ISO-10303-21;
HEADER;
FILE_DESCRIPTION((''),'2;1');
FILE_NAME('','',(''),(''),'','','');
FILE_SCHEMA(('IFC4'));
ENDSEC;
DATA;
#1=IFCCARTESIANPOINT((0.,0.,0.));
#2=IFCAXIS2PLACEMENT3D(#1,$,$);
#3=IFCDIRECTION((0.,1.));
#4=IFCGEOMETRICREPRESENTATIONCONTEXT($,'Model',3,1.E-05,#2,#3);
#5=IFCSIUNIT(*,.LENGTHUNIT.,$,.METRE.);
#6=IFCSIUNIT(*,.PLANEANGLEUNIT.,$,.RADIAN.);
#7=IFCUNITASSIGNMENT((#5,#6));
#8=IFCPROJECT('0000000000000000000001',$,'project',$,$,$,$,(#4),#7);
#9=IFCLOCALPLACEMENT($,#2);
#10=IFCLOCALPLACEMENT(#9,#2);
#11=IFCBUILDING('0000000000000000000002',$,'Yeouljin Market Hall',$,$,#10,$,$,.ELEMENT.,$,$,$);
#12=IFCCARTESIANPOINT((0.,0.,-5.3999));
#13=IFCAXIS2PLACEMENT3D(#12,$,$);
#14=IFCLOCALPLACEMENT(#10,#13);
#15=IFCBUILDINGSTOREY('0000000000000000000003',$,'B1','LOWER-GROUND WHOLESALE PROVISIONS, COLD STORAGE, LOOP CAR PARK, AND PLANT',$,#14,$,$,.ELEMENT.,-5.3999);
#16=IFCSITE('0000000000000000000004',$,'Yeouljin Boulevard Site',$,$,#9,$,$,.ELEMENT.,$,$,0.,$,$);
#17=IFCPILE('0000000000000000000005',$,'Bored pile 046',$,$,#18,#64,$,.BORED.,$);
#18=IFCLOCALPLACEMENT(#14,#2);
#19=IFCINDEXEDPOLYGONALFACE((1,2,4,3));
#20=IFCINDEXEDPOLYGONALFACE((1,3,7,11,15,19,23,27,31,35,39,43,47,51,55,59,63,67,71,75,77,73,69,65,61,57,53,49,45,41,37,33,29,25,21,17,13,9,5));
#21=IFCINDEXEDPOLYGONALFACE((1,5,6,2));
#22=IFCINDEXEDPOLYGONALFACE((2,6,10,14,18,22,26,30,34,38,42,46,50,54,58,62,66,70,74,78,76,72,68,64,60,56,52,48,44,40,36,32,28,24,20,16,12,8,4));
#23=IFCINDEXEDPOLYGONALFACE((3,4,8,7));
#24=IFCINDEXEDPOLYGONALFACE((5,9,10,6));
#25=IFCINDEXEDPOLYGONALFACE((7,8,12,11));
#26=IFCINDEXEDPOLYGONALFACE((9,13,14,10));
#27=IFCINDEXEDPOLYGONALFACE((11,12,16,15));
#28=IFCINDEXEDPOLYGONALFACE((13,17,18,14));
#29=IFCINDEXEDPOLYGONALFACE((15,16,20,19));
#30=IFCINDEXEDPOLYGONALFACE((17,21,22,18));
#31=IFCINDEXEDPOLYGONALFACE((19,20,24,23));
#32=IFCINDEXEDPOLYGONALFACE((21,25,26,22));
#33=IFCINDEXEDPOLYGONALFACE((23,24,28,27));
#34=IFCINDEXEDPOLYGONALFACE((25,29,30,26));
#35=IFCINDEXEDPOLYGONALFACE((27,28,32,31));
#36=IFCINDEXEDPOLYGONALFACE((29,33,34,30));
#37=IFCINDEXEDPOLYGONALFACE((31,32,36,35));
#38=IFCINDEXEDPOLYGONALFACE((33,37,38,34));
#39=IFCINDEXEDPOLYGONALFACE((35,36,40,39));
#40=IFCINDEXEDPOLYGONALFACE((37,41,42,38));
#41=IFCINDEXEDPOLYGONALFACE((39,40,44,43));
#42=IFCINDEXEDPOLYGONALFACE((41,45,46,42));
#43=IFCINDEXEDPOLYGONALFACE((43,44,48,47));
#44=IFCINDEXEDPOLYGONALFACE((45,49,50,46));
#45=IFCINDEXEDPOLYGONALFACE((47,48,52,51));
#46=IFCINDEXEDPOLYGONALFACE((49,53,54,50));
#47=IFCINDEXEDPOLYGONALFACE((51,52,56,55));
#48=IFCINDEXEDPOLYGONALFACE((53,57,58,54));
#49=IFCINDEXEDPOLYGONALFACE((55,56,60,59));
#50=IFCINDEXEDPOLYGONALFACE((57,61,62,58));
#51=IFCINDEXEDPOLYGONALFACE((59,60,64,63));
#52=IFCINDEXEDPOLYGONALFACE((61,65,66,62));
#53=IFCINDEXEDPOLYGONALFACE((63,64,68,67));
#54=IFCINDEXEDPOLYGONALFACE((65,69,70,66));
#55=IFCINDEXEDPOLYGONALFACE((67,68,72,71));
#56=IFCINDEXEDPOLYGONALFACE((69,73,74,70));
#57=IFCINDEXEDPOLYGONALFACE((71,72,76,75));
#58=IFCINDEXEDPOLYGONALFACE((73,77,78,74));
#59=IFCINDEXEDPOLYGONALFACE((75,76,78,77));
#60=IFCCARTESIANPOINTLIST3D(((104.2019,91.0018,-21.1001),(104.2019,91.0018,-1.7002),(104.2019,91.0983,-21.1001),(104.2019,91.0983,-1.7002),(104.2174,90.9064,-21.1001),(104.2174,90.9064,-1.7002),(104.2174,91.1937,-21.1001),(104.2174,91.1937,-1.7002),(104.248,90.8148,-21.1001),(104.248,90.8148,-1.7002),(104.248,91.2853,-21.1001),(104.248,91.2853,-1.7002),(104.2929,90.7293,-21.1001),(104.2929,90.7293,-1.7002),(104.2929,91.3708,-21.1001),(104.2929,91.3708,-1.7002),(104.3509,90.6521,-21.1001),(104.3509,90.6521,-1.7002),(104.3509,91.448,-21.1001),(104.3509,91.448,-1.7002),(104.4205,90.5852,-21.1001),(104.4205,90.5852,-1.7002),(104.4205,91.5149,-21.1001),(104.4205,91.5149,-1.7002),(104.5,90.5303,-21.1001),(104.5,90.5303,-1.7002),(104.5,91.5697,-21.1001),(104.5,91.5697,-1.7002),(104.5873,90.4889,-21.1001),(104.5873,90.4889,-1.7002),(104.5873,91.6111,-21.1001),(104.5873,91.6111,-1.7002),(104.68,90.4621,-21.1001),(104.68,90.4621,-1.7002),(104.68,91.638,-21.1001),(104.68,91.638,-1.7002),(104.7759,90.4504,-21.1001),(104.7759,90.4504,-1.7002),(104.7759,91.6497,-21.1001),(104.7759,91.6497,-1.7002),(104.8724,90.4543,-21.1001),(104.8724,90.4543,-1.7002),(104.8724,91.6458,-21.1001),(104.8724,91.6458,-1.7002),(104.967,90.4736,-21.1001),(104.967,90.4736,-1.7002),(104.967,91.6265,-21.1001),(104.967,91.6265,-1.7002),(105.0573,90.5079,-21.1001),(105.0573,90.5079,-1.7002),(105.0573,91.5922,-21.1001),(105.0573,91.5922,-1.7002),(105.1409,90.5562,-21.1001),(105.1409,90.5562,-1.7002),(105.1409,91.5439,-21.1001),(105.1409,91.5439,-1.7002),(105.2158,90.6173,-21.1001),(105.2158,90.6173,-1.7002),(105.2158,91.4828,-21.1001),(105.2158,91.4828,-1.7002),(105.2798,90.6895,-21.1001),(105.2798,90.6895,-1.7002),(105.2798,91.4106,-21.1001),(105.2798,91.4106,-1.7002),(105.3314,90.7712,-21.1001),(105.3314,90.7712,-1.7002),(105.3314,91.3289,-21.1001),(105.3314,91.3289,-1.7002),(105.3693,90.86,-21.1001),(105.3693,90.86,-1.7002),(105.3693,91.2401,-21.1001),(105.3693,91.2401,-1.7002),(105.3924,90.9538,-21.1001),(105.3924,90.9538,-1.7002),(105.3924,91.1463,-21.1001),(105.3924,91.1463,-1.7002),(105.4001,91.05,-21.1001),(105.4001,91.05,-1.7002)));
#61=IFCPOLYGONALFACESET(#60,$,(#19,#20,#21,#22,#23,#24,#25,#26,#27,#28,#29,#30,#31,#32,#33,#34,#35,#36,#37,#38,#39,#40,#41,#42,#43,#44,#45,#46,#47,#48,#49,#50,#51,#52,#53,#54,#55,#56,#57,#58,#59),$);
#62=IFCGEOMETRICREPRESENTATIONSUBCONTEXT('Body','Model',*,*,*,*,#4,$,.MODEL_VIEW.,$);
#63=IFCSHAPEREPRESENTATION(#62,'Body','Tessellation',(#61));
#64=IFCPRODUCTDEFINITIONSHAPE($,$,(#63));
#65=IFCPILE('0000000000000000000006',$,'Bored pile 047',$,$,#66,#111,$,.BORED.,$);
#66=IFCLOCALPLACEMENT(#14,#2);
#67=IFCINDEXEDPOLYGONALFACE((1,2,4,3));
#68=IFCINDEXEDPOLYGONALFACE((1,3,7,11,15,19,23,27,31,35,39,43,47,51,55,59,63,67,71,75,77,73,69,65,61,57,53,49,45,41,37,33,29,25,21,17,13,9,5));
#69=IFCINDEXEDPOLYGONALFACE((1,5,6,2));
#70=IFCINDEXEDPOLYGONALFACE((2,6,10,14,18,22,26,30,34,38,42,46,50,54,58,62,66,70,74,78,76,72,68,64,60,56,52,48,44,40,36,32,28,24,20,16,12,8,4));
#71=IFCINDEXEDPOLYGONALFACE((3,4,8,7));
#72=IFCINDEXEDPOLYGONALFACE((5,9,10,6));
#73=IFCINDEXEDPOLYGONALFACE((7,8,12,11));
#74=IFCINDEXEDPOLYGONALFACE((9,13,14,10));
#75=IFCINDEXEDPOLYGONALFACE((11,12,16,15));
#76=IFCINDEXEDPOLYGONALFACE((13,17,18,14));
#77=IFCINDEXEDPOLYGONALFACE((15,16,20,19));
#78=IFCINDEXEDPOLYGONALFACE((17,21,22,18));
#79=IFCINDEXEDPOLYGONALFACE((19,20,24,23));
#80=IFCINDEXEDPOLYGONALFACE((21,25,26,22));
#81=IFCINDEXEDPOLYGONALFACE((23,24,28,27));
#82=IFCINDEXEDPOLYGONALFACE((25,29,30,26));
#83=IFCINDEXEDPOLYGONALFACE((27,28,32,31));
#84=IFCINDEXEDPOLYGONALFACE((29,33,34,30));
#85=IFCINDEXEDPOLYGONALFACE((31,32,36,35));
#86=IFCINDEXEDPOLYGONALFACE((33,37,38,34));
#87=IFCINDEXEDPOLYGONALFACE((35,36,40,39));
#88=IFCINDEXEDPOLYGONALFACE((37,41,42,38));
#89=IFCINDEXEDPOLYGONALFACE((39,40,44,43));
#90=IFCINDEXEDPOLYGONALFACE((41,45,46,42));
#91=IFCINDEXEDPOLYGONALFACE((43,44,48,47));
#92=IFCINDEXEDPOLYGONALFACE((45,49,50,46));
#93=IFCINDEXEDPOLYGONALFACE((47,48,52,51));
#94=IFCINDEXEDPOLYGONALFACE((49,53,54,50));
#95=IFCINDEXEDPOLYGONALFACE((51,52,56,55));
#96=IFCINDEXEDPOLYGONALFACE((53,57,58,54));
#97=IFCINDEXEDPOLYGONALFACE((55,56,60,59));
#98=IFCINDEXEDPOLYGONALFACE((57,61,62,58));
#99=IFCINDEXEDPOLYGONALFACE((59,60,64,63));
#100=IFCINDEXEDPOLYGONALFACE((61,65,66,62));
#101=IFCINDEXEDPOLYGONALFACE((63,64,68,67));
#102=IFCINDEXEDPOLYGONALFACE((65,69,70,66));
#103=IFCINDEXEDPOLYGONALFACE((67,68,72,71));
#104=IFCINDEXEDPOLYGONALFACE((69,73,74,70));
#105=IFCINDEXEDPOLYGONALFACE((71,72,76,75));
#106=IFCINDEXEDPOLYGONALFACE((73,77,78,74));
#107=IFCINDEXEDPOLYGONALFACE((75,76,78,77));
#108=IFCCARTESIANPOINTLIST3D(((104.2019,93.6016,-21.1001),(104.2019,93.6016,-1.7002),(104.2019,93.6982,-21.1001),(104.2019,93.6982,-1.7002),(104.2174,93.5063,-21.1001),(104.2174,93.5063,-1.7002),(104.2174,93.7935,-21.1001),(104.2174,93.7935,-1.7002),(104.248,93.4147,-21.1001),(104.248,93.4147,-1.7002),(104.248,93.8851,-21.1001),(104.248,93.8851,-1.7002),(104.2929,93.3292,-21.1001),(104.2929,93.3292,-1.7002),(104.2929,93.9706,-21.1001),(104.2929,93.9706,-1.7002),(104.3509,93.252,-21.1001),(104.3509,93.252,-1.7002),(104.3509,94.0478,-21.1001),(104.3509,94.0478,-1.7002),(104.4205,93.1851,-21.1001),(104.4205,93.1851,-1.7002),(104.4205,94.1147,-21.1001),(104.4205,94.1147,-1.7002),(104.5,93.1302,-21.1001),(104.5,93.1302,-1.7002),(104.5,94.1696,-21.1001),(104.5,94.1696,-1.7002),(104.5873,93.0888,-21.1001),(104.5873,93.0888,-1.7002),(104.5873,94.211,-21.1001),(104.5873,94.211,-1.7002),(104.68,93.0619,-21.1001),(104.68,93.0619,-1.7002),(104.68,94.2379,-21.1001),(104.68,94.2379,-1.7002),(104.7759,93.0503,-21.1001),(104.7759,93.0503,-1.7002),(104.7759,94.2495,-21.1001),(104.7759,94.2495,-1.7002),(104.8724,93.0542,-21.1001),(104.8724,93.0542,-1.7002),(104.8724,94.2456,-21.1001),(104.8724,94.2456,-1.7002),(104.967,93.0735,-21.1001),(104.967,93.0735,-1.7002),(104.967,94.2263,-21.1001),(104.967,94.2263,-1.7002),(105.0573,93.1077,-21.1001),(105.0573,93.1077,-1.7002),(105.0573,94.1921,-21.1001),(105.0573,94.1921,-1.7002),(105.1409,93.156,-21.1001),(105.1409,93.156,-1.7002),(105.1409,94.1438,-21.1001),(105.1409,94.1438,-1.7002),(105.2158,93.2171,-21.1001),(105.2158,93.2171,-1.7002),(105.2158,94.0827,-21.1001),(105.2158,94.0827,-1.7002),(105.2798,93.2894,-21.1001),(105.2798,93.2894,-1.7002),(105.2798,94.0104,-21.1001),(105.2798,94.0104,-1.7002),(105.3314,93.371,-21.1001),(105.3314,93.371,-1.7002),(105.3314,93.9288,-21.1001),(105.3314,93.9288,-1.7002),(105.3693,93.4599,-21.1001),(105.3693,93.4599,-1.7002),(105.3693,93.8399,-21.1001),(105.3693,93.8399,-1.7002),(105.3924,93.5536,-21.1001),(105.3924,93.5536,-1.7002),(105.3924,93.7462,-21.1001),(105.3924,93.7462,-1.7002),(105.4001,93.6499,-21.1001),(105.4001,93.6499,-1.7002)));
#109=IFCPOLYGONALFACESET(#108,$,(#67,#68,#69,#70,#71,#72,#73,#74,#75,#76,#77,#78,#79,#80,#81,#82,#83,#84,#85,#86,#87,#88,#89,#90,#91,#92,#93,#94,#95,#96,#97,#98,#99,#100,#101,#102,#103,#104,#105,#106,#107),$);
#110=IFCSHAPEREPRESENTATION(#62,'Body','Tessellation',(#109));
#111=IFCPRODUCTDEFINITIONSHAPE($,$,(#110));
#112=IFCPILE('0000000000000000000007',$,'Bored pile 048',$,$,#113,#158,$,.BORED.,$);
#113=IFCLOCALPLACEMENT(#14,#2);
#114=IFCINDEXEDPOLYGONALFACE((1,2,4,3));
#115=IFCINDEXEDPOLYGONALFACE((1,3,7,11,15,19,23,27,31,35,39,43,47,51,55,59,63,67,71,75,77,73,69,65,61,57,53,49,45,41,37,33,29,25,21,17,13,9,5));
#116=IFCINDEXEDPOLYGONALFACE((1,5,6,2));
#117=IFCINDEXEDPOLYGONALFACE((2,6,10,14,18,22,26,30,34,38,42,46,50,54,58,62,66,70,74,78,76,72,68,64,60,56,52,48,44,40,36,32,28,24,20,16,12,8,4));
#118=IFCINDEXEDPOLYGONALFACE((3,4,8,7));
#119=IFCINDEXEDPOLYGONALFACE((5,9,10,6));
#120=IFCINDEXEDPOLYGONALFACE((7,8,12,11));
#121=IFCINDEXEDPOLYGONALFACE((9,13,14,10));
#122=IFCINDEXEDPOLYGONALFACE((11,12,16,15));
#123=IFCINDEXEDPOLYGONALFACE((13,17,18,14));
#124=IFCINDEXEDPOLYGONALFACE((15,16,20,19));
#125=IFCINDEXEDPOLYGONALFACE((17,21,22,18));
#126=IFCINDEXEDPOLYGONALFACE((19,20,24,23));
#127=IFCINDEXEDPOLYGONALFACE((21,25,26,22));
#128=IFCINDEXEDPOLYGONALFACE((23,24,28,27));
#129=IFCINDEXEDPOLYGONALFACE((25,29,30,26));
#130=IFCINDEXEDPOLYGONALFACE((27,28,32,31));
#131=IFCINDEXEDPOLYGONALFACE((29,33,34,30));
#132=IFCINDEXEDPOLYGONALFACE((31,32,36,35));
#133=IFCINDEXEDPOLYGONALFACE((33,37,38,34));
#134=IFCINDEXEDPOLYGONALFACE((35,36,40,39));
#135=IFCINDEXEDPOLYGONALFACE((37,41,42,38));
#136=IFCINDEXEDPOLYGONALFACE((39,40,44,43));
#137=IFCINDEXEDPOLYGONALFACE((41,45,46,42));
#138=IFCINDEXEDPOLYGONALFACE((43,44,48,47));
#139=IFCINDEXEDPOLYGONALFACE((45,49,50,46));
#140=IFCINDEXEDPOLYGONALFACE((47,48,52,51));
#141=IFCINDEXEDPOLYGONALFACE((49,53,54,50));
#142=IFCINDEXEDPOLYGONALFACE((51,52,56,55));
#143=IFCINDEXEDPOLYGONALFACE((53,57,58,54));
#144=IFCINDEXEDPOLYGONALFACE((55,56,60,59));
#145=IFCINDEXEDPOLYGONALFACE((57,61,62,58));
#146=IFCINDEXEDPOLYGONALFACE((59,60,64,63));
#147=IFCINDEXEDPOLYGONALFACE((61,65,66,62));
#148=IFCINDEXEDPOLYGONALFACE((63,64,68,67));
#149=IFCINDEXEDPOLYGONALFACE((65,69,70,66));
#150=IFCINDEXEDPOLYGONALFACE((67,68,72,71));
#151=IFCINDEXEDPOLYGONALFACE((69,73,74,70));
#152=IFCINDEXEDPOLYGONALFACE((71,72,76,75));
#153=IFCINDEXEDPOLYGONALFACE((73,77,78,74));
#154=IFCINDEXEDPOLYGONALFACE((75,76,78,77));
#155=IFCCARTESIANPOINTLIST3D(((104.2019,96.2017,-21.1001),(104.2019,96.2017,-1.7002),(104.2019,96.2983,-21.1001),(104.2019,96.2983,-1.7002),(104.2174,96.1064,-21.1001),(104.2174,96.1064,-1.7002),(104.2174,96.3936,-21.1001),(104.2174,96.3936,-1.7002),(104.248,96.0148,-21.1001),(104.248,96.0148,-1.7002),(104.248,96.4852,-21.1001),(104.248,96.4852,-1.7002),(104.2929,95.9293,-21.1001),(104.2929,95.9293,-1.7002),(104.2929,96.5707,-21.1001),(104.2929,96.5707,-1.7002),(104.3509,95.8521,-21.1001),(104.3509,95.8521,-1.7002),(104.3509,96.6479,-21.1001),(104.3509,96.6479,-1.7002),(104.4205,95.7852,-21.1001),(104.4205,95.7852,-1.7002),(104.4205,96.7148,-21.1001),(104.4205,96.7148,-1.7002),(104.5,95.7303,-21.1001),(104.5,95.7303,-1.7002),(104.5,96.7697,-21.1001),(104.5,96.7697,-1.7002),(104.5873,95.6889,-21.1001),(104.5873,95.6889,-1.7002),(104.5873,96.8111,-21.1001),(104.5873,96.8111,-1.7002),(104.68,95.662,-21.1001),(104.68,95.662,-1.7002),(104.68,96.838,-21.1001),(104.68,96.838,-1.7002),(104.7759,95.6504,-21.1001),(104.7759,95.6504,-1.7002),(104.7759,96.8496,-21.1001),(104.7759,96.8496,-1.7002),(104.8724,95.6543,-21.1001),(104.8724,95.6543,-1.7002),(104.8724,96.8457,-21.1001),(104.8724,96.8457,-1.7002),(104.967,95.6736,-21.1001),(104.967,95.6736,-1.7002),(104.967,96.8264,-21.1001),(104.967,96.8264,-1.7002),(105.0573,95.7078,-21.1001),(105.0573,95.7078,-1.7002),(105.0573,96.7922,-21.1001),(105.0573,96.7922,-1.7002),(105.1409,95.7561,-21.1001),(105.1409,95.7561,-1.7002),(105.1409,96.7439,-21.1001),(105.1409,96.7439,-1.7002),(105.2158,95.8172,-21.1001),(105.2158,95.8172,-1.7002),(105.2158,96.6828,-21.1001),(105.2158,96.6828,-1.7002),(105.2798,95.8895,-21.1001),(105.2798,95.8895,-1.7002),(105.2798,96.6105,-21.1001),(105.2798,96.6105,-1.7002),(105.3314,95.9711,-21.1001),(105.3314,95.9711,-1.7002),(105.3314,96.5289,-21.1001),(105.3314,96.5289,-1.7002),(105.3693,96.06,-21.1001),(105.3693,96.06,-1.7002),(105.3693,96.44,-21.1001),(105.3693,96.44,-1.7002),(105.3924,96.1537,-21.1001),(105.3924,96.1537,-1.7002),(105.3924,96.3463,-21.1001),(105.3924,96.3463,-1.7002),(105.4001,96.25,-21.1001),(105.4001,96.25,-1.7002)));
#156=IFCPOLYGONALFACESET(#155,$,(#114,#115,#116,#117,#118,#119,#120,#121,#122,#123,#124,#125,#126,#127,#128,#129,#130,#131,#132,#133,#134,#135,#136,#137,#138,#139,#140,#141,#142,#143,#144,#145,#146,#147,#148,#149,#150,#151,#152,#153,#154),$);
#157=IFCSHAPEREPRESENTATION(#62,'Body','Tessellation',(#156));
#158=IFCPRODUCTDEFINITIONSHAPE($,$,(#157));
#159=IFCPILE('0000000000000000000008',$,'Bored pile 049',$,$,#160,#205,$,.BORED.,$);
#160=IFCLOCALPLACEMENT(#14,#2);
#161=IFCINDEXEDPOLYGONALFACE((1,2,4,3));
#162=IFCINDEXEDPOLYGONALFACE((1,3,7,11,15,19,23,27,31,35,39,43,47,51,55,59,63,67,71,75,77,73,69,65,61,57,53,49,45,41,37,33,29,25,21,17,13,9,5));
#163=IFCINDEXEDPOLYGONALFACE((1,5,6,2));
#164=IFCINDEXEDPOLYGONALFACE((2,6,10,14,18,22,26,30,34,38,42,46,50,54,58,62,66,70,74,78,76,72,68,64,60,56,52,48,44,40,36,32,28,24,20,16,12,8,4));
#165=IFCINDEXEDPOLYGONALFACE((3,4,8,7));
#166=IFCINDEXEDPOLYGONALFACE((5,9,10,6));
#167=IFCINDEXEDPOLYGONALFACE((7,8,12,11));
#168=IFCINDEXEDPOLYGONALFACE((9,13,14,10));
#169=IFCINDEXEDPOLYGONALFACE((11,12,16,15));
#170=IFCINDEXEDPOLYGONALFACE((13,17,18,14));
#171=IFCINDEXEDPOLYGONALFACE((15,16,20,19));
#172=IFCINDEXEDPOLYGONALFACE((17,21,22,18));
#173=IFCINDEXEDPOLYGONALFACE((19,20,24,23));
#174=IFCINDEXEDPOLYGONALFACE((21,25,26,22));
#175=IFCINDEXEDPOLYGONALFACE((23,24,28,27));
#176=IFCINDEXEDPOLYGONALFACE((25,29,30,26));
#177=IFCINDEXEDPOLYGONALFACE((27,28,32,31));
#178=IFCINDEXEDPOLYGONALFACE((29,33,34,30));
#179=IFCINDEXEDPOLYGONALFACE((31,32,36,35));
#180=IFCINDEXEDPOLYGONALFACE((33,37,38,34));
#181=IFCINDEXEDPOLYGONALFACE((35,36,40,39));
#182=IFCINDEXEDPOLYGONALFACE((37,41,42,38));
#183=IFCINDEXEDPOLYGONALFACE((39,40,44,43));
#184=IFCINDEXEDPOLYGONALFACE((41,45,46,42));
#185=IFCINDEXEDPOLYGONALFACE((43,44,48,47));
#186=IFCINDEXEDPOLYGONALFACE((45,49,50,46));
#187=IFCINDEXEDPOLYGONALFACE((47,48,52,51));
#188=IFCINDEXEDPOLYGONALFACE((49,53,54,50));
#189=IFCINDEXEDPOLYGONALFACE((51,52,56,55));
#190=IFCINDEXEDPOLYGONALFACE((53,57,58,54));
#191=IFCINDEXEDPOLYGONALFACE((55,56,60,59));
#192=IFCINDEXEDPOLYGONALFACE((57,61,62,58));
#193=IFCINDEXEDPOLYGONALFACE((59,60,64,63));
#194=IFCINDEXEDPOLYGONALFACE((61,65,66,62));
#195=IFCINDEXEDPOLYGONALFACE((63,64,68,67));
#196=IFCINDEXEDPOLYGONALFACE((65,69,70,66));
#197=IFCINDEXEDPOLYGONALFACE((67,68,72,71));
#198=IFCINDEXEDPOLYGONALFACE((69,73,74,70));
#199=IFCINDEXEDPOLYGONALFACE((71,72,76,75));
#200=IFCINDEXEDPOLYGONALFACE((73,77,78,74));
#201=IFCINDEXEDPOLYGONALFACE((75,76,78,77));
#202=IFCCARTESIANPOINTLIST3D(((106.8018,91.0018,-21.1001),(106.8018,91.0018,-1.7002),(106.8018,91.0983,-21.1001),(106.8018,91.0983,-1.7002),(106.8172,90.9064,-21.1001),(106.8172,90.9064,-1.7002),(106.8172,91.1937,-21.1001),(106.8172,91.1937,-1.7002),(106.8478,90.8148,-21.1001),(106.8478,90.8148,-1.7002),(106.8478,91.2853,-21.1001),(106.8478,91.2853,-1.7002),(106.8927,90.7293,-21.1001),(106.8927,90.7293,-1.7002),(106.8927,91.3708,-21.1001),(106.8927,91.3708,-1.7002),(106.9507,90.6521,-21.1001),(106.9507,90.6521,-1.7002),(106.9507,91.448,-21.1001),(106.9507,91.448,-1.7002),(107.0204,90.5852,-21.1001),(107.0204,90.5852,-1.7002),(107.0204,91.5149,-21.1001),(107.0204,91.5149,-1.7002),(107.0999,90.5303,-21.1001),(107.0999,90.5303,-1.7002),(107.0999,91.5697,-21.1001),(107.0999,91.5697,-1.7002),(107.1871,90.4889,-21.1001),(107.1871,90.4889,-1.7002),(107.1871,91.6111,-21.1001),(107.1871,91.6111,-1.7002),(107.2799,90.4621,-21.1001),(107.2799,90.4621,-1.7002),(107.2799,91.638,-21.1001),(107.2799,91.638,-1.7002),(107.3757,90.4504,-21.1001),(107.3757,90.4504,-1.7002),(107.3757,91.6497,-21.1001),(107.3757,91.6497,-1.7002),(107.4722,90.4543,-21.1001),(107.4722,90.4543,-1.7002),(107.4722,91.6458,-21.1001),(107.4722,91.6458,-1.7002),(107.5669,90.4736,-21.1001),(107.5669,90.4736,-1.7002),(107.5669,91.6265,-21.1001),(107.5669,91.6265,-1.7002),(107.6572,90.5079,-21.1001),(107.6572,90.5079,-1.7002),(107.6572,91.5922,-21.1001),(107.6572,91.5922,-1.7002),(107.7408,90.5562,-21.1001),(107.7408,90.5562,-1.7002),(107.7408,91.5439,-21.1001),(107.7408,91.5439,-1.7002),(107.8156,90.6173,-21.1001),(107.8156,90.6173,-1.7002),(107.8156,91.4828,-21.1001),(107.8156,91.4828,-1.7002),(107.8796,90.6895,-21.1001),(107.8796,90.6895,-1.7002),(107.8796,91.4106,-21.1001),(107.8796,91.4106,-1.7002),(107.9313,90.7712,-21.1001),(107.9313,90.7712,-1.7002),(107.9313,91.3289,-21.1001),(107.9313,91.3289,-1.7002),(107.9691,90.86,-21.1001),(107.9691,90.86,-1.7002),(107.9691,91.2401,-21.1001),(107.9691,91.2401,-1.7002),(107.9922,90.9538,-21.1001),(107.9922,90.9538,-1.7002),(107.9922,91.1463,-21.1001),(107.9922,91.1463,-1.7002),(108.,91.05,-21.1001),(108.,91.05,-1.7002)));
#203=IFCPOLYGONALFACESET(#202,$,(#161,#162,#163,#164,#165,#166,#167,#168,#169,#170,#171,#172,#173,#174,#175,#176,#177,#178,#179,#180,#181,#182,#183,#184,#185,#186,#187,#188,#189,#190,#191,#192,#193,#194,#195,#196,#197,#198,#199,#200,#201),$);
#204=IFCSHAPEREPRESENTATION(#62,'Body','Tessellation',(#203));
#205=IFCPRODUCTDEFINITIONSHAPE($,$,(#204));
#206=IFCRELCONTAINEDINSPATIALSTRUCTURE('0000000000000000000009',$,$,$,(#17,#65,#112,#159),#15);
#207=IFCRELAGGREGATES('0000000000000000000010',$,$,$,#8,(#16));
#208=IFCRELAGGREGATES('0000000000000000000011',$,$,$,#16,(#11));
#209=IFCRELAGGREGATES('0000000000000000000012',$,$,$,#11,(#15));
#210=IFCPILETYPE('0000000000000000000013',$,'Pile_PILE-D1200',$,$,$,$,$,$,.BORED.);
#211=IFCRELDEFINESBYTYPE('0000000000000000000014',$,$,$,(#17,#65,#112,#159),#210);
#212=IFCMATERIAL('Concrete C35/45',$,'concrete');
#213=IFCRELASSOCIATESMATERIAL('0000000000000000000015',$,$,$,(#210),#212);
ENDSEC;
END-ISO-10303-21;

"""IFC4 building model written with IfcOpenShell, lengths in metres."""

from ifc_helpers import new_model, si_unit, direction, frame, origin, origin_2d, place, context, subcontext, project, spatial, circle, extrude, material, material_profile, profile_set, type_object, element, save


model = new_model("IFC4")

# Units and contexts
model_context = context("Model", 3, precision=1e-05, world=origin(), true_north=direction((0.0, 1.0)))
body_context = subcontext(model_context, "Body", "Model", "MODEL_VIEW")
ifc_project = project(units=[si_unit("LENGTHUNIT", "METRE"), si_unit("PLANEANGLEUNIT", "RADIAN")], contexts=[model_context])

# Site, building, storey
site_placement = place(None, origin())
site = spatial("IfcSite", under=ifc_project, at=site_placement, Name="Yeouljin Boulevard Site", CompositionType="ELEMENT", RefElevation=0.0)
building_placement = place(site_placement, origin())
building = spatial("IfcBuilding", under=site, at=building_placement, Name="Yeouljin Market Hall", CompositionType="ELEMENT")
storey_placement = place(building_placement, frame((0.0, 0.0, -5.3999)))
storey = spatial("IfcBuildingStorey", under=building, at=storey_placement, Name="B1", Description="LOWER-GROUND WHOLESALE PROVISIONS, COLD STORAGE, LOOP CAR PARK, AND PLANT", CompositionType="ELEMENT", Elevation=-5.3999)

# Piles
ifc_material_1 = material(Name="Concrete C35/45", Category="concrete")
ifc_material_profile_1 = material_profile(ifc_material_1, circle(Radius=0.6001, at=origin_2d()), Name="PILE-D1200")
ifc_profile_set_1 = profile_set([ifc_material_profile_1], Name="Concrete C35/45")
pile_type = type_object("IfcPileType", Name="Pile_PILE-D1200", PredefinedType="BORED", material=ifc_profile_set_1)
for number, where, z_axis, x_axis, name in (
    (1, (104.8, 91.05, -1.7002), (0.0, 0.0, -1.0), (1.0, 0.0, 0.0), "Bored pile 046"),
    (2, (104.8, 93.6499, -1.7002), (0.0, 0.0, -1.0), (1.0, 0.0, 0.0), "Bored pile 047"),
    (3, (104.8, 96.25, -1.7002), (0.0, 0.0, -1.0), (1.0, 0.0, 0.0), "Bored pile 048"),
    (4, (107.3999, 91.05, -1.7002), (0.0, 0.0, -1.0), (1.0, 0.0, 0.0), "Bored pile 049"),
):
    element("IfcPile", number, at=place(storey_placement, frame(where, z_axis=z_axis, x_axis=x_axis)), inside=storey, type_object=pile_type, Name=name, PredefinedType="BORED", context=body_context, shape_type="SweptSolid", body=[
        extrude(circle(Radius=0.6001, at=origin_2d()), origin(), (0.0, 0.0, 1.0), 19.3999),
    ])

save(model, "model.ifc")
